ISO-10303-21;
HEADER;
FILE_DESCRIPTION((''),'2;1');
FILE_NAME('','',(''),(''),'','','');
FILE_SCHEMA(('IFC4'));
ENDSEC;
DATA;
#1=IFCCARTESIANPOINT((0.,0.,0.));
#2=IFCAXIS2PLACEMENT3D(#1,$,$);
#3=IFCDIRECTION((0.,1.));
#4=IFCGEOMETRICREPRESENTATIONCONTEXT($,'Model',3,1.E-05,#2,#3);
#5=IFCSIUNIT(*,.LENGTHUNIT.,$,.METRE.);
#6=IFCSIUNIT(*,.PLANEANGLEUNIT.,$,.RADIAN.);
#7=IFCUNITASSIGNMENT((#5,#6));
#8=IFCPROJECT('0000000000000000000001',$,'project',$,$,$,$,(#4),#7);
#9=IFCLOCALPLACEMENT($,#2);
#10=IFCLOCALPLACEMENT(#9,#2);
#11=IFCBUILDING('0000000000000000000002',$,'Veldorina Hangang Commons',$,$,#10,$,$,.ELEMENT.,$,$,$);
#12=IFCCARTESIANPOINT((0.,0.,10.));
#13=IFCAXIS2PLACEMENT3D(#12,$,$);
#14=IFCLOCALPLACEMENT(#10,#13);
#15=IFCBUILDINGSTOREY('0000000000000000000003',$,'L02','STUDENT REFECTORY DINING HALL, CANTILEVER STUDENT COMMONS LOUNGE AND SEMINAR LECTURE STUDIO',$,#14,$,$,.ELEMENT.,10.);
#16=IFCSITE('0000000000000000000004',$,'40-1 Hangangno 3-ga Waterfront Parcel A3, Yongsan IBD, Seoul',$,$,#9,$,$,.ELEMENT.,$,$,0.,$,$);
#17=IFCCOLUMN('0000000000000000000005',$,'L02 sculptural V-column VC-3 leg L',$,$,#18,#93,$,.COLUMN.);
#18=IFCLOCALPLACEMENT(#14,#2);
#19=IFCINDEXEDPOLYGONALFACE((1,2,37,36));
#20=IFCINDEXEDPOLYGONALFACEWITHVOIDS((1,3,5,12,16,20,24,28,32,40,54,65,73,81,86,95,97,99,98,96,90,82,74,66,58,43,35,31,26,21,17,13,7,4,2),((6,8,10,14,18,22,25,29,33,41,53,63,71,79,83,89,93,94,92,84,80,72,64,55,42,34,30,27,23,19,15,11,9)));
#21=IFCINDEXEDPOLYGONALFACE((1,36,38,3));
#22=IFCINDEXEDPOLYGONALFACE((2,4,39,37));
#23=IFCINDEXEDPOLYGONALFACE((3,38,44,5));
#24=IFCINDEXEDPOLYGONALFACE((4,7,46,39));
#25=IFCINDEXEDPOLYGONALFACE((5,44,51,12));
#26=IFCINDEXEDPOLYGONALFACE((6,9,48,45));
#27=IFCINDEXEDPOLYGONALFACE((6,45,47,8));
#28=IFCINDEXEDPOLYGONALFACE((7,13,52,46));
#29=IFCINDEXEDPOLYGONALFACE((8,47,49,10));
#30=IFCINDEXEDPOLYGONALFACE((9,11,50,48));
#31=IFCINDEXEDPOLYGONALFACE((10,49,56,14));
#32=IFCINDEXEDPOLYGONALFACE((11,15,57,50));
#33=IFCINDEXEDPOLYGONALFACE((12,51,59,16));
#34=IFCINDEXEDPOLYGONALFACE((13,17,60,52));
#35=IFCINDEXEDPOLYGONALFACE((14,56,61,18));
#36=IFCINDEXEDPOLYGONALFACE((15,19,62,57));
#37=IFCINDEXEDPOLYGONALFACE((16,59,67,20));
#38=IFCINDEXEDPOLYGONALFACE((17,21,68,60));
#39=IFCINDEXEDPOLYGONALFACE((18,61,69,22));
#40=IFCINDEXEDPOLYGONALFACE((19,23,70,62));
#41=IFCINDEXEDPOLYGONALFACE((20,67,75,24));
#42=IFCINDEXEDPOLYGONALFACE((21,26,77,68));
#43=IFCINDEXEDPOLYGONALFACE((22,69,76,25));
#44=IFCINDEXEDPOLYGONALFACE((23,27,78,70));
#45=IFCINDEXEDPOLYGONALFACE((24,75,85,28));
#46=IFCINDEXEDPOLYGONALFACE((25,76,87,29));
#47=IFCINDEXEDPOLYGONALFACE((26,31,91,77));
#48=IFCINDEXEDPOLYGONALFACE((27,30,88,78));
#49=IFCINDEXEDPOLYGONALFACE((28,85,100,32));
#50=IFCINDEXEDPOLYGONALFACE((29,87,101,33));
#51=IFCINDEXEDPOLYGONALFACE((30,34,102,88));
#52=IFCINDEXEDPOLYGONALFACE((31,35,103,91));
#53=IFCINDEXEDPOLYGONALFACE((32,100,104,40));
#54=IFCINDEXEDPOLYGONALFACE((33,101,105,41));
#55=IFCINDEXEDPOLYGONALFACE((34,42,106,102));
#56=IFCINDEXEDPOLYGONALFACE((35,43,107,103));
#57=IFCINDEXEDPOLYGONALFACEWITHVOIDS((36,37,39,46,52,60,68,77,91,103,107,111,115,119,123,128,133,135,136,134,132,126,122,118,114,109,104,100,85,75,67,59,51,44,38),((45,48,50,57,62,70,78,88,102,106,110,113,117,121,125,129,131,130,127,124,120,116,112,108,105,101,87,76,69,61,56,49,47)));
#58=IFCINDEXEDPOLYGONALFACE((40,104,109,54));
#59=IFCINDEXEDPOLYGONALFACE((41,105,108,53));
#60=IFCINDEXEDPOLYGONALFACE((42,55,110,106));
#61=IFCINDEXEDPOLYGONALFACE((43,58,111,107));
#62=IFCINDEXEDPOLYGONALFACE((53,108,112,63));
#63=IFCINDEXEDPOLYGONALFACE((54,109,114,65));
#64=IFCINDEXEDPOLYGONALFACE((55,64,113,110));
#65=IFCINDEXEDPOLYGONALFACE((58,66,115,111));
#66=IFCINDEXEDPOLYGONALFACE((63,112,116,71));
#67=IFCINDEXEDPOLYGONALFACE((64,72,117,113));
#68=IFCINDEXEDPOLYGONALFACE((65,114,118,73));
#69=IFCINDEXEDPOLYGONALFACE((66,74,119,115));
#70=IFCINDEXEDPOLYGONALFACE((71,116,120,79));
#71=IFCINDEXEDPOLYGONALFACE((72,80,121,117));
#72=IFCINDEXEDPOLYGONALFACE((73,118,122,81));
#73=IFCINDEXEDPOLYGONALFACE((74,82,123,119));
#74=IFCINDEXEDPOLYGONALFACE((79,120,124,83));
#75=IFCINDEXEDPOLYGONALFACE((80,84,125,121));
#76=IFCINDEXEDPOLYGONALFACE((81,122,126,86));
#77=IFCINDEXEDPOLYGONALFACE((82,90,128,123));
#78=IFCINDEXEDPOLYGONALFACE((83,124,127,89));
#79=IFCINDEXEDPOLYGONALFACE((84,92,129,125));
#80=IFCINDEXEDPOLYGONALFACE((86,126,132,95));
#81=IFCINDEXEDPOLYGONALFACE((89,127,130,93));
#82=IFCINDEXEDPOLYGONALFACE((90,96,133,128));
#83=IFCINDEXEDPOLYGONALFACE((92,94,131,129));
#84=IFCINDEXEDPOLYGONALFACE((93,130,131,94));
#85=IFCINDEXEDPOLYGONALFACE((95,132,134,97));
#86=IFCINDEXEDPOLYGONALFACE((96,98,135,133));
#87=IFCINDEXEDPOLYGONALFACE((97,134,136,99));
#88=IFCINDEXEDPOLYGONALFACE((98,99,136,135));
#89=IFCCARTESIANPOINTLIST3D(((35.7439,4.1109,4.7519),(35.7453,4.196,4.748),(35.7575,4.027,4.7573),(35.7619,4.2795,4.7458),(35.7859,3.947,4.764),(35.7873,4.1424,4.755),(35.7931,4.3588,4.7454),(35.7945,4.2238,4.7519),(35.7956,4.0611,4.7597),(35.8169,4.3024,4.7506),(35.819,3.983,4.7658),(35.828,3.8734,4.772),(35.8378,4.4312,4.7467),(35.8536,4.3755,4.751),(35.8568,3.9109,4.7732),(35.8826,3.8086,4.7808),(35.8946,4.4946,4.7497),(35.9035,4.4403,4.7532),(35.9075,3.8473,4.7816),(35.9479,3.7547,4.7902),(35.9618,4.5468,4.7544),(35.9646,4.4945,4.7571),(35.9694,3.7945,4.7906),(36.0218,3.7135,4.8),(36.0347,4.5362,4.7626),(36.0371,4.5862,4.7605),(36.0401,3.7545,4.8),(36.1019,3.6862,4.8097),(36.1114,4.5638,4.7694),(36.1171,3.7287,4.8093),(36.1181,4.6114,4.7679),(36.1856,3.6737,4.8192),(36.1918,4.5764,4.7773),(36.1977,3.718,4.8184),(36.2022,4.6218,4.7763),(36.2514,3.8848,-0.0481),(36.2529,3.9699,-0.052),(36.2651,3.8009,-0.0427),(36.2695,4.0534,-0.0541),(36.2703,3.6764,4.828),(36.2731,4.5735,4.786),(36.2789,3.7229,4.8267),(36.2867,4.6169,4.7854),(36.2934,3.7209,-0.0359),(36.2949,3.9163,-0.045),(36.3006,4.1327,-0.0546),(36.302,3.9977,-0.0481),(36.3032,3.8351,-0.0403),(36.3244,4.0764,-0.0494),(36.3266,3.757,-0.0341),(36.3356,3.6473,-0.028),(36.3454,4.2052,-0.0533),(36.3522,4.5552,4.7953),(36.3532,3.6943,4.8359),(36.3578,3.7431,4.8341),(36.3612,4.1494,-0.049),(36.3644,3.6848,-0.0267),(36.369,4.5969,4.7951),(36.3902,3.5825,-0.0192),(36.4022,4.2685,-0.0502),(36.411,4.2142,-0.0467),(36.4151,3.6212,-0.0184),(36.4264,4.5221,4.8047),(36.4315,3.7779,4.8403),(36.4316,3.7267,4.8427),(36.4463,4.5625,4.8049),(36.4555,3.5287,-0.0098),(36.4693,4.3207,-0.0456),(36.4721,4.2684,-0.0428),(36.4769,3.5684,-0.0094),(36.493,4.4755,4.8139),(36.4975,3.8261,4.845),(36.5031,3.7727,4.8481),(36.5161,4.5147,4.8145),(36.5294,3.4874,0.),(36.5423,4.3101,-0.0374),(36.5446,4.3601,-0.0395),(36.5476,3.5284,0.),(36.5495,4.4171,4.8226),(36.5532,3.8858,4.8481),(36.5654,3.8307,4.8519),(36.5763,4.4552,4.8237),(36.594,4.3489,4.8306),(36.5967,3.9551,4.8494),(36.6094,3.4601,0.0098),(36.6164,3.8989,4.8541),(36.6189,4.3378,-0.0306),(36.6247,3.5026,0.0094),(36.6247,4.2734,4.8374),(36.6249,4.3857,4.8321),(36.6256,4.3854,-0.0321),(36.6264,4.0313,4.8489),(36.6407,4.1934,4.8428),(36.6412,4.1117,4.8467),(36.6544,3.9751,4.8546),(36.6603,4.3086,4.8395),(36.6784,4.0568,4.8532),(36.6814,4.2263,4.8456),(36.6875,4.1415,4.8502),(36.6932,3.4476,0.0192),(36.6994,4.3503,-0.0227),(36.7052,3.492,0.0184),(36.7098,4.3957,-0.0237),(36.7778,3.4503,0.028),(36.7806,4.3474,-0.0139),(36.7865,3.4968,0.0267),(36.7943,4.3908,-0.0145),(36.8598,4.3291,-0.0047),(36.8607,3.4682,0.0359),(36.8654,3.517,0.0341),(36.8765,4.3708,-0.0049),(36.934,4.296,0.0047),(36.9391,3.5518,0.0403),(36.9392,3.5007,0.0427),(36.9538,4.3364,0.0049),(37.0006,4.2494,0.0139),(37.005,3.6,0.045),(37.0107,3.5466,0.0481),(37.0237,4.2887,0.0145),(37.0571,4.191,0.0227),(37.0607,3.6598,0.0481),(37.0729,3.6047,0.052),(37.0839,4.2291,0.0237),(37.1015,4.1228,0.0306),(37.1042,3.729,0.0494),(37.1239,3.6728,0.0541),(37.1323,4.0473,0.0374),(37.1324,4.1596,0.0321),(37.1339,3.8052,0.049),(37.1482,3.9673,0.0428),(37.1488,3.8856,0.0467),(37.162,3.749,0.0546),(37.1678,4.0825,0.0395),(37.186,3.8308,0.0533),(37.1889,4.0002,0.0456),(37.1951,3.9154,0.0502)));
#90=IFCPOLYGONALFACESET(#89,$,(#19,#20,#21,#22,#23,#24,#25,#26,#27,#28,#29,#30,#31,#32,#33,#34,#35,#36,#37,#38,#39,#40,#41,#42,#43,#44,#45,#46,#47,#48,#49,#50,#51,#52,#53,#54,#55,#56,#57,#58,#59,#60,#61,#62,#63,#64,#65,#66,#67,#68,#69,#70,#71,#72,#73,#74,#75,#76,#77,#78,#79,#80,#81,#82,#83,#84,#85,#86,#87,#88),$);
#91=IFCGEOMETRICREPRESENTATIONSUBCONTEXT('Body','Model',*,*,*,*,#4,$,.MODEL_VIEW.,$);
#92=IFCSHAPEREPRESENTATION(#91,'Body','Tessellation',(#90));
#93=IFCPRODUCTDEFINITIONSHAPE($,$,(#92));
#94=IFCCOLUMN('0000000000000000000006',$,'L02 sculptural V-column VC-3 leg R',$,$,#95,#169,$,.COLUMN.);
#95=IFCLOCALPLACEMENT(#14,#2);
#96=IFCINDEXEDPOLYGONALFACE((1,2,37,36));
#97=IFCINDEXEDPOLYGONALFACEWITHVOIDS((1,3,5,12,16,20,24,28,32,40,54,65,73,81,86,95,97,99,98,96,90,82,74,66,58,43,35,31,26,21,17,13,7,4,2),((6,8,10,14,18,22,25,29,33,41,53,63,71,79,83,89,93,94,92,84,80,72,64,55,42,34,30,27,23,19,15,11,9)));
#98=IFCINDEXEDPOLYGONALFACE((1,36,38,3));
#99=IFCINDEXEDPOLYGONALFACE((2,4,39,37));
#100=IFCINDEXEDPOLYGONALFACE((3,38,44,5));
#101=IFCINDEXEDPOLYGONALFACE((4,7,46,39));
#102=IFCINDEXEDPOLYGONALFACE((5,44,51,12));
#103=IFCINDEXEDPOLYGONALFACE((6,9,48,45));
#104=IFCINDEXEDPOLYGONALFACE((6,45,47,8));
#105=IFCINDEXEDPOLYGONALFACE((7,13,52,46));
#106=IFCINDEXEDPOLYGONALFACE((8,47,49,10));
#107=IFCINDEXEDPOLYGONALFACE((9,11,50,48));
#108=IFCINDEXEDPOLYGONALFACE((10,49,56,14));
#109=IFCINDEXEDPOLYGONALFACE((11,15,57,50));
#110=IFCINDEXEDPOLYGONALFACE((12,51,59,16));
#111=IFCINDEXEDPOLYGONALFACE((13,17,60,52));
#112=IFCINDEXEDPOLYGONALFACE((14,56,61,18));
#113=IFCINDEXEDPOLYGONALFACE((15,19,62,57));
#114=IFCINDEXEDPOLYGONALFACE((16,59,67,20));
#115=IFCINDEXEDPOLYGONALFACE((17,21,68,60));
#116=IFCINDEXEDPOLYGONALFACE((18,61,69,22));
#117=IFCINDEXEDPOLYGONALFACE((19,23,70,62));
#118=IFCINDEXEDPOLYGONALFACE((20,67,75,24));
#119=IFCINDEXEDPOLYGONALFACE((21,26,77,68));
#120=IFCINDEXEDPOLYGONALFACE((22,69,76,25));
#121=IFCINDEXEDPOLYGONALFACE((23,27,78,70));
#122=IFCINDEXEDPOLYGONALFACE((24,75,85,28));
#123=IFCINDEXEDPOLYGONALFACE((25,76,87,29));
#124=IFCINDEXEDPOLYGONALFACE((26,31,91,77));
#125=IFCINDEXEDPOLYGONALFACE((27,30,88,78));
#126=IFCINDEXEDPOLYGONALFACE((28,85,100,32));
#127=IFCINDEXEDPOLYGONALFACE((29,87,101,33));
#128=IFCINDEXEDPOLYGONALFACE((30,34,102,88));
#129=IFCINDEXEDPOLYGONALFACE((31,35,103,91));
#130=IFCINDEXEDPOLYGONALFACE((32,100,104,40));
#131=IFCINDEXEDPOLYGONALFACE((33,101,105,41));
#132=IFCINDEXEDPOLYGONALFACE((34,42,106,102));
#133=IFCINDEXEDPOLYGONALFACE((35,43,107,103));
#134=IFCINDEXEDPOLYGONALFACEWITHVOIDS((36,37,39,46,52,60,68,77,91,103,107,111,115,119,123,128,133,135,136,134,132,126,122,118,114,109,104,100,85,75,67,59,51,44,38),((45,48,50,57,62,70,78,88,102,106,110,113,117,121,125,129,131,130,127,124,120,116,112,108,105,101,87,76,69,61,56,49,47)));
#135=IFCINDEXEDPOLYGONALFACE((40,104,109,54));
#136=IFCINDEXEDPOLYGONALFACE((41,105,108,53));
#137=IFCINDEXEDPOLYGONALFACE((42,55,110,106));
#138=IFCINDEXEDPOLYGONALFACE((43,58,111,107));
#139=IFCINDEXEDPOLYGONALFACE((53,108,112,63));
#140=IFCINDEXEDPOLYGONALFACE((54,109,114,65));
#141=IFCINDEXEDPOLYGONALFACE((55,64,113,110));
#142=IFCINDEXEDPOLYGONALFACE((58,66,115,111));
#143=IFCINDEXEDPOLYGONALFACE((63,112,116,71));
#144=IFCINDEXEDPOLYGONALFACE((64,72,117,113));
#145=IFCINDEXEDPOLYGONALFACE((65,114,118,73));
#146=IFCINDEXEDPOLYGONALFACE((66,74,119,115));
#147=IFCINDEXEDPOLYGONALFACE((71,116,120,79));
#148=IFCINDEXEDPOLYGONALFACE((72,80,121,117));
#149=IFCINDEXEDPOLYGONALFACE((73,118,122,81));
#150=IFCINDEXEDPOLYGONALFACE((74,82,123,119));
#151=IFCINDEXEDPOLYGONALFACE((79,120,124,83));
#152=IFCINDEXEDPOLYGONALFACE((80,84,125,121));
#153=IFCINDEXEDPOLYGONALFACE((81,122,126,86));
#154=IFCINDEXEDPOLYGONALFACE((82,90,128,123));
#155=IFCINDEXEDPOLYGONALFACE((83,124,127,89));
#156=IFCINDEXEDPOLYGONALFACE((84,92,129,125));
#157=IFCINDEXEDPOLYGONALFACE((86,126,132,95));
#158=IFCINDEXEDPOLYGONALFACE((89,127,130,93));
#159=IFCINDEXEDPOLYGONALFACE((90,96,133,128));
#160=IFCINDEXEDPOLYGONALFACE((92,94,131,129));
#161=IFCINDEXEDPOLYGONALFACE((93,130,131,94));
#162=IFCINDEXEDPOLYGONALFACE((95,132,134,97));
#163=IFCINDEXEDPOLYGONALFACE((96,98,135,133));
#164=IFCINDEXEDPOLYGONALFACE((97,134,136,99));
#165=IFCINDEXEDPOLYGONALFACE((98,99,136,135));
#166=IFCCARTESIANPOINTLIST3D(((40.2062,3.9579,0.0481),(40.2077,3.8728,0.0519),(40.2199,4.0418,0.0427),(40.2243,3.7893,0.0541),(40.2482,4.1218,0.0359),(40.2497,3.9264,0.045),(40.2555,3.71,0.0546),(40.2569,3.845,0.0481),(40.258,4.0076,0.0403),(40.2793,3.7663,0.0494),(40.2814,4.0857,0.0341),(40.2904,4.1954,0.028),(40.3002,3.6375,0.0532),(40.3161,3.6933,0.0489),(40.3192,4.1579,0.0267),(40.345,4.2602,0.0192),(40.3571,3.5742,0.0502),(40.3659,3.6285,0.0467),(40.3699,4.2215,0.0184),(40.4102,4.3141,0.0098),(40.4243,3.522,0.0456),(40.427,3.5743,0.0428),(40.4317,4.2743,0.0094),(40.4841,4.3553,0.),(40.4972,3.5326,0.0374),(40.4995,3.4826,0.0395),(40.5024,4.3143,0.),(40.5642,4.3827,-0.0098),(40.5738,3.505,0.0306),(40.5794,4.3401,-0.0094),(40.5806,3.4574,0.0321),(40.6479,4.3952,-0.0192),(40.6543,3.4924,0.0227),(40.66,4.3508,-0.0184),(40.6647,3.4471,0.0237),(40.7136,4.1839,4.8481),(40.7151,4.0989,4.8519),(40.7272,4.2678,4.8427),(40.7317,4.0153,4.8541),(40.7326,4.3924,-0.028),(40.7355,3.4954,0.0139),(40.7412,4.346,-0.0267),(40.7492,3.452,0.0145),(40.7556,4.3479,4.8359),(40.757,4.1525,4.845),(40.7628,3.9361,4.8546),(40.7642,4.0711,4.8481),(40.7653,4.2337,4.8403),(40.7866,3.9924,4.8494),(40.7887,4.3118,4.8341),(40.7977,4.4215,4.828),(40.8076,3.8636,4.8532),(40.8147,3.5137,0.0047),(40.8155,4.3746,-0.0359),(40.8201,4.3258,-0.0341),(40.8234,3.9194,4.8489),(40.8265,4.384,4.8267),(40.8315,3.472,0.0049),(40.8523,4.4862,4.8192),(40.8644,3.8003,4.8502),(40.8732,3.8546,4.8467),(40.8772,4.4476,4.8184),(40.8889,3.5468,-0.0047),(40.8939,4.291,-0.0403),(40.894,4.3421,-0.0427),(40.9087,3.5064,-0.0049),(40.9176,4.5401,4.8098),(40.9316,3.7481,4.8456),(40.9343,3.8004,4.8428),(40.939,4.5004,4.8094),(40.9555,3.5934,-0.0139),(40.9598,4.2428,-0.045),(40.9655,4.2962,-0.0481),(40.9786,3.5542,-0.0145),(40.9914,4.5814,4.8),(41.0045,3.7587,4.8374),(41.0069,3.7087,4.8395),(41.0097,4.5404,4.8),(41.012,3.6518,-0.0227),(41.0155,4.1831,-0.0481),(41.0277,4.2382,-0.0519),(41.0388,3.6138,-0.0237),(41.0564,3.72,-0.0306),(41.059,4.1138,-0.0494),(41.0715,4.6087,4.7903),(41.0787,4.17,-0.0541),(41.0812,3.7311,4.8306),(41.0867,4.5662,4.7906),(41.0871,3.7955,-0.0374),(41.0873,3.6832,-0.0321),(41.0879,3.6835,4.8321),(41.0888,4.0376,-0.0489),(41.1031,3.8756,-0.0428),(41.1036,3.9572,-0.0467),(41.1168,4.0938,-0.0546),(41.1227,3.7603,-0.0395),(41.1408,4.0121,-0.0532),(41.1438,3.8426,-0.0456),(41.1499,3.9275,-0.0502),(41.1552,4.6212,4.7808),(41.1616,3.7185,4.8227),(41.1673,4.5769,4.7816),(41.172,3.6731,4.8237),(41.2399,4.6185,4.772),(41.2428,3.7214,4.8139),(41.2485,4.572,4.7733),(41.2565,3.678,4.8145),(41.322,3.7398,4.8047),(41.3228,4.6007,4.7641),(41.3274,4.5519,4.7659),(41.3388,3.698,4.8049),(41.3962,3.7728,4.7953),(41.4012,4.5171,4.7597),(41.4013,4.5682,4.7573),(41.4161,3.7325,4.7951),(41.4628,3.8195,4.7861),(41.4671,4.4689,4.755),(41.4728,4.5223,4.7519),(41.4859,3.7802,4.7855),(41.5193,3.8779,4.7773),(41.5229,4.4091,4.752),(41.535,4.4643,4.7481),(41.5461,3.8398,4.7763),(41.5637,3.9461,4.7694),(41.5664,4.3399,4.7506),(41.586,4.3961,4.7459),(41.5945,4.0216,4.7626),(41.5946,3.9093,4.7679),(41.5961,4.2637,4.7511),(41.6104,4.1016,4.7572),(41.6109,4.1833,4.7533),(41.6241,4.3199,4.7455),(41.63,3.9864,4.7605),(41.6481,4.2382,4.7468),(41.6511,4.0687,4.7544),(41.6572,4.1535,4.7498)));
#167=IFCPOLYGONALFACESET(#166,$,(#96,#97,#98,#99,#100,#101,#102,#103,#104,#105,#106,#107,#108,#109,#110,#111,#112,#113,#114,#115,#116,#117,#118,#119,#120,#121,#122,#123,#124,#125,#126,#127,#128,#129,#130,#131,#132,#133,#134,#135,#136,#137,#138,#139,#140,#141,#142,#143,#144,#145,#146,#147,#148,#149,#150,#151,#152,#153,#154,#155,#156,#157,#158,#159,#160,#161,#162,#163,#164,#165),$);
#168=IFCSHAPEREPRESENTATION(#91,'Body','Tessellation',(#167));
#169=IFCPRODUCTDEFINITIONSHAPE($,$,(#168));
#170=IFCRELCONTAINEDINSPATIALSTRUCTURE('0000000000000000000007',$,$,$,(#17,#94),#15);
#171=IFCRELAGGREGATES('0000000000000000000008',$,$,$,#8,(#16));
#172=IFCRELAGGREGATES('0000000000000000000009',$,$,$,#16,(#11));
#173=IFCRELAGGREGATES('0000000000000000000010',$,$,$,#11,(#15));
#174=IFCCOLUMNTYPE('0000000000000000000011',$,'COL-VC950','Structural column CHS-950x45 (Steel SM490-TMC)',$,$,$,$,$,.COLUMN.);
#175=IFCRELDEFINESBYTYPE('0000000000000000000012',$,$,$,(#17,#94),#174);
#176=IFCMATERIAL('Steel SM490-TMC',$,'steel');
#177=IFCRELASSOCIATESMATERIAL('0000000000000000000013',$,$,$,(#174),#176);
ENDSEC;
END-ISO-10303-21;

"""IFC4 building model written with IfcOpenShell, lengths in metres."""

from ifc_helpers import new_model, si_unit, direction, frame, origin, origin_2d, place, context, subcontext, project, spatial, hollow_circle, extrude, material, material_profile, profile_set, type_object, element, save


model = new_model("IFC4")

# Units and contexts
model_context = context("Model", 3, precision=1e-05, world=origin(), true_north=direction((0.0, 1.0)))
body_context = subcontext(model_context, "Body", "Model", "MODEL_VIEW")
ifc_project = project(units=[si_unit("LENGTHUNIT", "METRE"), si_unit("PLANEANGLEUNIT", "RADIAN")], contexts=[model_context])

# Site, building, storey
site_placement = place(None, origin())
site = spatial("IfcSite", under=ifc_project, at=site_placement, Name="40-1 Hangangno 3-ga Waterfront Parcel A3, Yongsan IBD, Seoul", CompositionType="ELEMENT", RefElevation=0.0)
building_placement = place(site_placement, origin())
building = spatial("IfcBuilding", under=site, at=building_placement, Name="Veldorina Hangang Commons", CompositionType="ELEMENT")
storey_placement = place(building_placement, frame((0.0, 0.0, 10.0)))
storey = spatial("IfcBuildingStorey", under=building, at=storey_placement, Name="L02", Description="STUDENT REFECTORY DINING HALL, CANTILEVER STUDENT COMMONS LOUNGE AND SEMINAR LECTURE STUDIO", CompositionType="ELEMENT", Elevation=10.0)

# Columns
ifc_material_1 = material(Name="Steel SM490-TMC", Category="steel")
ifc_material_profile_1 = material_profile(ifc_material_1, hollow_circle(Radius=0.4751, WallThickness=0.0449, at=origin_2d()), Name="CHS-950x45")
ifc_profile_set_1 = profile_set([ifc_material_profile_1], Name="Steel SM490-TMC")
column_type = type_object("IfcColumnType", Name="COL-VC950", Description="Structural column CHS-950x45 (Steel SM490-TMC)", PredefinedType="COLUMN", material=ifc_profile_set_1)
for number, where, z_axis, x_axis, name in (
    (1, (36.7227, 3.9214, 0.0), (-0.105041, 0.046786, 0.993367), (-0.406872, -0.913485, 0.0), "L02 sculptural V-column VC-3 leg L"),
    (2, (40.6775, 3.9214, 0.0), (0.104991, 0.046786, 0.993372), (-0.407036, 0.913412, 0.0), "L02 sculptural V-column VC-3 leg R"),
):
    element("IfcColumn", number, at=place(storey_placement, frame(where, z_axis=z_axis, x_axis=x_axis)), inside=storey, type_object=column_type, Name=name, PredefinedType="COLUMN", context=body_context, shape_type="SweptSolid", body=[
        extrude(hollow_circle(Radius=0.4751, WallThickness=0.0449, at=origin_2d()), origin(), (0.0, 0.0, 1.0), 4.832),
    ])

save(model, "model.ifc")
